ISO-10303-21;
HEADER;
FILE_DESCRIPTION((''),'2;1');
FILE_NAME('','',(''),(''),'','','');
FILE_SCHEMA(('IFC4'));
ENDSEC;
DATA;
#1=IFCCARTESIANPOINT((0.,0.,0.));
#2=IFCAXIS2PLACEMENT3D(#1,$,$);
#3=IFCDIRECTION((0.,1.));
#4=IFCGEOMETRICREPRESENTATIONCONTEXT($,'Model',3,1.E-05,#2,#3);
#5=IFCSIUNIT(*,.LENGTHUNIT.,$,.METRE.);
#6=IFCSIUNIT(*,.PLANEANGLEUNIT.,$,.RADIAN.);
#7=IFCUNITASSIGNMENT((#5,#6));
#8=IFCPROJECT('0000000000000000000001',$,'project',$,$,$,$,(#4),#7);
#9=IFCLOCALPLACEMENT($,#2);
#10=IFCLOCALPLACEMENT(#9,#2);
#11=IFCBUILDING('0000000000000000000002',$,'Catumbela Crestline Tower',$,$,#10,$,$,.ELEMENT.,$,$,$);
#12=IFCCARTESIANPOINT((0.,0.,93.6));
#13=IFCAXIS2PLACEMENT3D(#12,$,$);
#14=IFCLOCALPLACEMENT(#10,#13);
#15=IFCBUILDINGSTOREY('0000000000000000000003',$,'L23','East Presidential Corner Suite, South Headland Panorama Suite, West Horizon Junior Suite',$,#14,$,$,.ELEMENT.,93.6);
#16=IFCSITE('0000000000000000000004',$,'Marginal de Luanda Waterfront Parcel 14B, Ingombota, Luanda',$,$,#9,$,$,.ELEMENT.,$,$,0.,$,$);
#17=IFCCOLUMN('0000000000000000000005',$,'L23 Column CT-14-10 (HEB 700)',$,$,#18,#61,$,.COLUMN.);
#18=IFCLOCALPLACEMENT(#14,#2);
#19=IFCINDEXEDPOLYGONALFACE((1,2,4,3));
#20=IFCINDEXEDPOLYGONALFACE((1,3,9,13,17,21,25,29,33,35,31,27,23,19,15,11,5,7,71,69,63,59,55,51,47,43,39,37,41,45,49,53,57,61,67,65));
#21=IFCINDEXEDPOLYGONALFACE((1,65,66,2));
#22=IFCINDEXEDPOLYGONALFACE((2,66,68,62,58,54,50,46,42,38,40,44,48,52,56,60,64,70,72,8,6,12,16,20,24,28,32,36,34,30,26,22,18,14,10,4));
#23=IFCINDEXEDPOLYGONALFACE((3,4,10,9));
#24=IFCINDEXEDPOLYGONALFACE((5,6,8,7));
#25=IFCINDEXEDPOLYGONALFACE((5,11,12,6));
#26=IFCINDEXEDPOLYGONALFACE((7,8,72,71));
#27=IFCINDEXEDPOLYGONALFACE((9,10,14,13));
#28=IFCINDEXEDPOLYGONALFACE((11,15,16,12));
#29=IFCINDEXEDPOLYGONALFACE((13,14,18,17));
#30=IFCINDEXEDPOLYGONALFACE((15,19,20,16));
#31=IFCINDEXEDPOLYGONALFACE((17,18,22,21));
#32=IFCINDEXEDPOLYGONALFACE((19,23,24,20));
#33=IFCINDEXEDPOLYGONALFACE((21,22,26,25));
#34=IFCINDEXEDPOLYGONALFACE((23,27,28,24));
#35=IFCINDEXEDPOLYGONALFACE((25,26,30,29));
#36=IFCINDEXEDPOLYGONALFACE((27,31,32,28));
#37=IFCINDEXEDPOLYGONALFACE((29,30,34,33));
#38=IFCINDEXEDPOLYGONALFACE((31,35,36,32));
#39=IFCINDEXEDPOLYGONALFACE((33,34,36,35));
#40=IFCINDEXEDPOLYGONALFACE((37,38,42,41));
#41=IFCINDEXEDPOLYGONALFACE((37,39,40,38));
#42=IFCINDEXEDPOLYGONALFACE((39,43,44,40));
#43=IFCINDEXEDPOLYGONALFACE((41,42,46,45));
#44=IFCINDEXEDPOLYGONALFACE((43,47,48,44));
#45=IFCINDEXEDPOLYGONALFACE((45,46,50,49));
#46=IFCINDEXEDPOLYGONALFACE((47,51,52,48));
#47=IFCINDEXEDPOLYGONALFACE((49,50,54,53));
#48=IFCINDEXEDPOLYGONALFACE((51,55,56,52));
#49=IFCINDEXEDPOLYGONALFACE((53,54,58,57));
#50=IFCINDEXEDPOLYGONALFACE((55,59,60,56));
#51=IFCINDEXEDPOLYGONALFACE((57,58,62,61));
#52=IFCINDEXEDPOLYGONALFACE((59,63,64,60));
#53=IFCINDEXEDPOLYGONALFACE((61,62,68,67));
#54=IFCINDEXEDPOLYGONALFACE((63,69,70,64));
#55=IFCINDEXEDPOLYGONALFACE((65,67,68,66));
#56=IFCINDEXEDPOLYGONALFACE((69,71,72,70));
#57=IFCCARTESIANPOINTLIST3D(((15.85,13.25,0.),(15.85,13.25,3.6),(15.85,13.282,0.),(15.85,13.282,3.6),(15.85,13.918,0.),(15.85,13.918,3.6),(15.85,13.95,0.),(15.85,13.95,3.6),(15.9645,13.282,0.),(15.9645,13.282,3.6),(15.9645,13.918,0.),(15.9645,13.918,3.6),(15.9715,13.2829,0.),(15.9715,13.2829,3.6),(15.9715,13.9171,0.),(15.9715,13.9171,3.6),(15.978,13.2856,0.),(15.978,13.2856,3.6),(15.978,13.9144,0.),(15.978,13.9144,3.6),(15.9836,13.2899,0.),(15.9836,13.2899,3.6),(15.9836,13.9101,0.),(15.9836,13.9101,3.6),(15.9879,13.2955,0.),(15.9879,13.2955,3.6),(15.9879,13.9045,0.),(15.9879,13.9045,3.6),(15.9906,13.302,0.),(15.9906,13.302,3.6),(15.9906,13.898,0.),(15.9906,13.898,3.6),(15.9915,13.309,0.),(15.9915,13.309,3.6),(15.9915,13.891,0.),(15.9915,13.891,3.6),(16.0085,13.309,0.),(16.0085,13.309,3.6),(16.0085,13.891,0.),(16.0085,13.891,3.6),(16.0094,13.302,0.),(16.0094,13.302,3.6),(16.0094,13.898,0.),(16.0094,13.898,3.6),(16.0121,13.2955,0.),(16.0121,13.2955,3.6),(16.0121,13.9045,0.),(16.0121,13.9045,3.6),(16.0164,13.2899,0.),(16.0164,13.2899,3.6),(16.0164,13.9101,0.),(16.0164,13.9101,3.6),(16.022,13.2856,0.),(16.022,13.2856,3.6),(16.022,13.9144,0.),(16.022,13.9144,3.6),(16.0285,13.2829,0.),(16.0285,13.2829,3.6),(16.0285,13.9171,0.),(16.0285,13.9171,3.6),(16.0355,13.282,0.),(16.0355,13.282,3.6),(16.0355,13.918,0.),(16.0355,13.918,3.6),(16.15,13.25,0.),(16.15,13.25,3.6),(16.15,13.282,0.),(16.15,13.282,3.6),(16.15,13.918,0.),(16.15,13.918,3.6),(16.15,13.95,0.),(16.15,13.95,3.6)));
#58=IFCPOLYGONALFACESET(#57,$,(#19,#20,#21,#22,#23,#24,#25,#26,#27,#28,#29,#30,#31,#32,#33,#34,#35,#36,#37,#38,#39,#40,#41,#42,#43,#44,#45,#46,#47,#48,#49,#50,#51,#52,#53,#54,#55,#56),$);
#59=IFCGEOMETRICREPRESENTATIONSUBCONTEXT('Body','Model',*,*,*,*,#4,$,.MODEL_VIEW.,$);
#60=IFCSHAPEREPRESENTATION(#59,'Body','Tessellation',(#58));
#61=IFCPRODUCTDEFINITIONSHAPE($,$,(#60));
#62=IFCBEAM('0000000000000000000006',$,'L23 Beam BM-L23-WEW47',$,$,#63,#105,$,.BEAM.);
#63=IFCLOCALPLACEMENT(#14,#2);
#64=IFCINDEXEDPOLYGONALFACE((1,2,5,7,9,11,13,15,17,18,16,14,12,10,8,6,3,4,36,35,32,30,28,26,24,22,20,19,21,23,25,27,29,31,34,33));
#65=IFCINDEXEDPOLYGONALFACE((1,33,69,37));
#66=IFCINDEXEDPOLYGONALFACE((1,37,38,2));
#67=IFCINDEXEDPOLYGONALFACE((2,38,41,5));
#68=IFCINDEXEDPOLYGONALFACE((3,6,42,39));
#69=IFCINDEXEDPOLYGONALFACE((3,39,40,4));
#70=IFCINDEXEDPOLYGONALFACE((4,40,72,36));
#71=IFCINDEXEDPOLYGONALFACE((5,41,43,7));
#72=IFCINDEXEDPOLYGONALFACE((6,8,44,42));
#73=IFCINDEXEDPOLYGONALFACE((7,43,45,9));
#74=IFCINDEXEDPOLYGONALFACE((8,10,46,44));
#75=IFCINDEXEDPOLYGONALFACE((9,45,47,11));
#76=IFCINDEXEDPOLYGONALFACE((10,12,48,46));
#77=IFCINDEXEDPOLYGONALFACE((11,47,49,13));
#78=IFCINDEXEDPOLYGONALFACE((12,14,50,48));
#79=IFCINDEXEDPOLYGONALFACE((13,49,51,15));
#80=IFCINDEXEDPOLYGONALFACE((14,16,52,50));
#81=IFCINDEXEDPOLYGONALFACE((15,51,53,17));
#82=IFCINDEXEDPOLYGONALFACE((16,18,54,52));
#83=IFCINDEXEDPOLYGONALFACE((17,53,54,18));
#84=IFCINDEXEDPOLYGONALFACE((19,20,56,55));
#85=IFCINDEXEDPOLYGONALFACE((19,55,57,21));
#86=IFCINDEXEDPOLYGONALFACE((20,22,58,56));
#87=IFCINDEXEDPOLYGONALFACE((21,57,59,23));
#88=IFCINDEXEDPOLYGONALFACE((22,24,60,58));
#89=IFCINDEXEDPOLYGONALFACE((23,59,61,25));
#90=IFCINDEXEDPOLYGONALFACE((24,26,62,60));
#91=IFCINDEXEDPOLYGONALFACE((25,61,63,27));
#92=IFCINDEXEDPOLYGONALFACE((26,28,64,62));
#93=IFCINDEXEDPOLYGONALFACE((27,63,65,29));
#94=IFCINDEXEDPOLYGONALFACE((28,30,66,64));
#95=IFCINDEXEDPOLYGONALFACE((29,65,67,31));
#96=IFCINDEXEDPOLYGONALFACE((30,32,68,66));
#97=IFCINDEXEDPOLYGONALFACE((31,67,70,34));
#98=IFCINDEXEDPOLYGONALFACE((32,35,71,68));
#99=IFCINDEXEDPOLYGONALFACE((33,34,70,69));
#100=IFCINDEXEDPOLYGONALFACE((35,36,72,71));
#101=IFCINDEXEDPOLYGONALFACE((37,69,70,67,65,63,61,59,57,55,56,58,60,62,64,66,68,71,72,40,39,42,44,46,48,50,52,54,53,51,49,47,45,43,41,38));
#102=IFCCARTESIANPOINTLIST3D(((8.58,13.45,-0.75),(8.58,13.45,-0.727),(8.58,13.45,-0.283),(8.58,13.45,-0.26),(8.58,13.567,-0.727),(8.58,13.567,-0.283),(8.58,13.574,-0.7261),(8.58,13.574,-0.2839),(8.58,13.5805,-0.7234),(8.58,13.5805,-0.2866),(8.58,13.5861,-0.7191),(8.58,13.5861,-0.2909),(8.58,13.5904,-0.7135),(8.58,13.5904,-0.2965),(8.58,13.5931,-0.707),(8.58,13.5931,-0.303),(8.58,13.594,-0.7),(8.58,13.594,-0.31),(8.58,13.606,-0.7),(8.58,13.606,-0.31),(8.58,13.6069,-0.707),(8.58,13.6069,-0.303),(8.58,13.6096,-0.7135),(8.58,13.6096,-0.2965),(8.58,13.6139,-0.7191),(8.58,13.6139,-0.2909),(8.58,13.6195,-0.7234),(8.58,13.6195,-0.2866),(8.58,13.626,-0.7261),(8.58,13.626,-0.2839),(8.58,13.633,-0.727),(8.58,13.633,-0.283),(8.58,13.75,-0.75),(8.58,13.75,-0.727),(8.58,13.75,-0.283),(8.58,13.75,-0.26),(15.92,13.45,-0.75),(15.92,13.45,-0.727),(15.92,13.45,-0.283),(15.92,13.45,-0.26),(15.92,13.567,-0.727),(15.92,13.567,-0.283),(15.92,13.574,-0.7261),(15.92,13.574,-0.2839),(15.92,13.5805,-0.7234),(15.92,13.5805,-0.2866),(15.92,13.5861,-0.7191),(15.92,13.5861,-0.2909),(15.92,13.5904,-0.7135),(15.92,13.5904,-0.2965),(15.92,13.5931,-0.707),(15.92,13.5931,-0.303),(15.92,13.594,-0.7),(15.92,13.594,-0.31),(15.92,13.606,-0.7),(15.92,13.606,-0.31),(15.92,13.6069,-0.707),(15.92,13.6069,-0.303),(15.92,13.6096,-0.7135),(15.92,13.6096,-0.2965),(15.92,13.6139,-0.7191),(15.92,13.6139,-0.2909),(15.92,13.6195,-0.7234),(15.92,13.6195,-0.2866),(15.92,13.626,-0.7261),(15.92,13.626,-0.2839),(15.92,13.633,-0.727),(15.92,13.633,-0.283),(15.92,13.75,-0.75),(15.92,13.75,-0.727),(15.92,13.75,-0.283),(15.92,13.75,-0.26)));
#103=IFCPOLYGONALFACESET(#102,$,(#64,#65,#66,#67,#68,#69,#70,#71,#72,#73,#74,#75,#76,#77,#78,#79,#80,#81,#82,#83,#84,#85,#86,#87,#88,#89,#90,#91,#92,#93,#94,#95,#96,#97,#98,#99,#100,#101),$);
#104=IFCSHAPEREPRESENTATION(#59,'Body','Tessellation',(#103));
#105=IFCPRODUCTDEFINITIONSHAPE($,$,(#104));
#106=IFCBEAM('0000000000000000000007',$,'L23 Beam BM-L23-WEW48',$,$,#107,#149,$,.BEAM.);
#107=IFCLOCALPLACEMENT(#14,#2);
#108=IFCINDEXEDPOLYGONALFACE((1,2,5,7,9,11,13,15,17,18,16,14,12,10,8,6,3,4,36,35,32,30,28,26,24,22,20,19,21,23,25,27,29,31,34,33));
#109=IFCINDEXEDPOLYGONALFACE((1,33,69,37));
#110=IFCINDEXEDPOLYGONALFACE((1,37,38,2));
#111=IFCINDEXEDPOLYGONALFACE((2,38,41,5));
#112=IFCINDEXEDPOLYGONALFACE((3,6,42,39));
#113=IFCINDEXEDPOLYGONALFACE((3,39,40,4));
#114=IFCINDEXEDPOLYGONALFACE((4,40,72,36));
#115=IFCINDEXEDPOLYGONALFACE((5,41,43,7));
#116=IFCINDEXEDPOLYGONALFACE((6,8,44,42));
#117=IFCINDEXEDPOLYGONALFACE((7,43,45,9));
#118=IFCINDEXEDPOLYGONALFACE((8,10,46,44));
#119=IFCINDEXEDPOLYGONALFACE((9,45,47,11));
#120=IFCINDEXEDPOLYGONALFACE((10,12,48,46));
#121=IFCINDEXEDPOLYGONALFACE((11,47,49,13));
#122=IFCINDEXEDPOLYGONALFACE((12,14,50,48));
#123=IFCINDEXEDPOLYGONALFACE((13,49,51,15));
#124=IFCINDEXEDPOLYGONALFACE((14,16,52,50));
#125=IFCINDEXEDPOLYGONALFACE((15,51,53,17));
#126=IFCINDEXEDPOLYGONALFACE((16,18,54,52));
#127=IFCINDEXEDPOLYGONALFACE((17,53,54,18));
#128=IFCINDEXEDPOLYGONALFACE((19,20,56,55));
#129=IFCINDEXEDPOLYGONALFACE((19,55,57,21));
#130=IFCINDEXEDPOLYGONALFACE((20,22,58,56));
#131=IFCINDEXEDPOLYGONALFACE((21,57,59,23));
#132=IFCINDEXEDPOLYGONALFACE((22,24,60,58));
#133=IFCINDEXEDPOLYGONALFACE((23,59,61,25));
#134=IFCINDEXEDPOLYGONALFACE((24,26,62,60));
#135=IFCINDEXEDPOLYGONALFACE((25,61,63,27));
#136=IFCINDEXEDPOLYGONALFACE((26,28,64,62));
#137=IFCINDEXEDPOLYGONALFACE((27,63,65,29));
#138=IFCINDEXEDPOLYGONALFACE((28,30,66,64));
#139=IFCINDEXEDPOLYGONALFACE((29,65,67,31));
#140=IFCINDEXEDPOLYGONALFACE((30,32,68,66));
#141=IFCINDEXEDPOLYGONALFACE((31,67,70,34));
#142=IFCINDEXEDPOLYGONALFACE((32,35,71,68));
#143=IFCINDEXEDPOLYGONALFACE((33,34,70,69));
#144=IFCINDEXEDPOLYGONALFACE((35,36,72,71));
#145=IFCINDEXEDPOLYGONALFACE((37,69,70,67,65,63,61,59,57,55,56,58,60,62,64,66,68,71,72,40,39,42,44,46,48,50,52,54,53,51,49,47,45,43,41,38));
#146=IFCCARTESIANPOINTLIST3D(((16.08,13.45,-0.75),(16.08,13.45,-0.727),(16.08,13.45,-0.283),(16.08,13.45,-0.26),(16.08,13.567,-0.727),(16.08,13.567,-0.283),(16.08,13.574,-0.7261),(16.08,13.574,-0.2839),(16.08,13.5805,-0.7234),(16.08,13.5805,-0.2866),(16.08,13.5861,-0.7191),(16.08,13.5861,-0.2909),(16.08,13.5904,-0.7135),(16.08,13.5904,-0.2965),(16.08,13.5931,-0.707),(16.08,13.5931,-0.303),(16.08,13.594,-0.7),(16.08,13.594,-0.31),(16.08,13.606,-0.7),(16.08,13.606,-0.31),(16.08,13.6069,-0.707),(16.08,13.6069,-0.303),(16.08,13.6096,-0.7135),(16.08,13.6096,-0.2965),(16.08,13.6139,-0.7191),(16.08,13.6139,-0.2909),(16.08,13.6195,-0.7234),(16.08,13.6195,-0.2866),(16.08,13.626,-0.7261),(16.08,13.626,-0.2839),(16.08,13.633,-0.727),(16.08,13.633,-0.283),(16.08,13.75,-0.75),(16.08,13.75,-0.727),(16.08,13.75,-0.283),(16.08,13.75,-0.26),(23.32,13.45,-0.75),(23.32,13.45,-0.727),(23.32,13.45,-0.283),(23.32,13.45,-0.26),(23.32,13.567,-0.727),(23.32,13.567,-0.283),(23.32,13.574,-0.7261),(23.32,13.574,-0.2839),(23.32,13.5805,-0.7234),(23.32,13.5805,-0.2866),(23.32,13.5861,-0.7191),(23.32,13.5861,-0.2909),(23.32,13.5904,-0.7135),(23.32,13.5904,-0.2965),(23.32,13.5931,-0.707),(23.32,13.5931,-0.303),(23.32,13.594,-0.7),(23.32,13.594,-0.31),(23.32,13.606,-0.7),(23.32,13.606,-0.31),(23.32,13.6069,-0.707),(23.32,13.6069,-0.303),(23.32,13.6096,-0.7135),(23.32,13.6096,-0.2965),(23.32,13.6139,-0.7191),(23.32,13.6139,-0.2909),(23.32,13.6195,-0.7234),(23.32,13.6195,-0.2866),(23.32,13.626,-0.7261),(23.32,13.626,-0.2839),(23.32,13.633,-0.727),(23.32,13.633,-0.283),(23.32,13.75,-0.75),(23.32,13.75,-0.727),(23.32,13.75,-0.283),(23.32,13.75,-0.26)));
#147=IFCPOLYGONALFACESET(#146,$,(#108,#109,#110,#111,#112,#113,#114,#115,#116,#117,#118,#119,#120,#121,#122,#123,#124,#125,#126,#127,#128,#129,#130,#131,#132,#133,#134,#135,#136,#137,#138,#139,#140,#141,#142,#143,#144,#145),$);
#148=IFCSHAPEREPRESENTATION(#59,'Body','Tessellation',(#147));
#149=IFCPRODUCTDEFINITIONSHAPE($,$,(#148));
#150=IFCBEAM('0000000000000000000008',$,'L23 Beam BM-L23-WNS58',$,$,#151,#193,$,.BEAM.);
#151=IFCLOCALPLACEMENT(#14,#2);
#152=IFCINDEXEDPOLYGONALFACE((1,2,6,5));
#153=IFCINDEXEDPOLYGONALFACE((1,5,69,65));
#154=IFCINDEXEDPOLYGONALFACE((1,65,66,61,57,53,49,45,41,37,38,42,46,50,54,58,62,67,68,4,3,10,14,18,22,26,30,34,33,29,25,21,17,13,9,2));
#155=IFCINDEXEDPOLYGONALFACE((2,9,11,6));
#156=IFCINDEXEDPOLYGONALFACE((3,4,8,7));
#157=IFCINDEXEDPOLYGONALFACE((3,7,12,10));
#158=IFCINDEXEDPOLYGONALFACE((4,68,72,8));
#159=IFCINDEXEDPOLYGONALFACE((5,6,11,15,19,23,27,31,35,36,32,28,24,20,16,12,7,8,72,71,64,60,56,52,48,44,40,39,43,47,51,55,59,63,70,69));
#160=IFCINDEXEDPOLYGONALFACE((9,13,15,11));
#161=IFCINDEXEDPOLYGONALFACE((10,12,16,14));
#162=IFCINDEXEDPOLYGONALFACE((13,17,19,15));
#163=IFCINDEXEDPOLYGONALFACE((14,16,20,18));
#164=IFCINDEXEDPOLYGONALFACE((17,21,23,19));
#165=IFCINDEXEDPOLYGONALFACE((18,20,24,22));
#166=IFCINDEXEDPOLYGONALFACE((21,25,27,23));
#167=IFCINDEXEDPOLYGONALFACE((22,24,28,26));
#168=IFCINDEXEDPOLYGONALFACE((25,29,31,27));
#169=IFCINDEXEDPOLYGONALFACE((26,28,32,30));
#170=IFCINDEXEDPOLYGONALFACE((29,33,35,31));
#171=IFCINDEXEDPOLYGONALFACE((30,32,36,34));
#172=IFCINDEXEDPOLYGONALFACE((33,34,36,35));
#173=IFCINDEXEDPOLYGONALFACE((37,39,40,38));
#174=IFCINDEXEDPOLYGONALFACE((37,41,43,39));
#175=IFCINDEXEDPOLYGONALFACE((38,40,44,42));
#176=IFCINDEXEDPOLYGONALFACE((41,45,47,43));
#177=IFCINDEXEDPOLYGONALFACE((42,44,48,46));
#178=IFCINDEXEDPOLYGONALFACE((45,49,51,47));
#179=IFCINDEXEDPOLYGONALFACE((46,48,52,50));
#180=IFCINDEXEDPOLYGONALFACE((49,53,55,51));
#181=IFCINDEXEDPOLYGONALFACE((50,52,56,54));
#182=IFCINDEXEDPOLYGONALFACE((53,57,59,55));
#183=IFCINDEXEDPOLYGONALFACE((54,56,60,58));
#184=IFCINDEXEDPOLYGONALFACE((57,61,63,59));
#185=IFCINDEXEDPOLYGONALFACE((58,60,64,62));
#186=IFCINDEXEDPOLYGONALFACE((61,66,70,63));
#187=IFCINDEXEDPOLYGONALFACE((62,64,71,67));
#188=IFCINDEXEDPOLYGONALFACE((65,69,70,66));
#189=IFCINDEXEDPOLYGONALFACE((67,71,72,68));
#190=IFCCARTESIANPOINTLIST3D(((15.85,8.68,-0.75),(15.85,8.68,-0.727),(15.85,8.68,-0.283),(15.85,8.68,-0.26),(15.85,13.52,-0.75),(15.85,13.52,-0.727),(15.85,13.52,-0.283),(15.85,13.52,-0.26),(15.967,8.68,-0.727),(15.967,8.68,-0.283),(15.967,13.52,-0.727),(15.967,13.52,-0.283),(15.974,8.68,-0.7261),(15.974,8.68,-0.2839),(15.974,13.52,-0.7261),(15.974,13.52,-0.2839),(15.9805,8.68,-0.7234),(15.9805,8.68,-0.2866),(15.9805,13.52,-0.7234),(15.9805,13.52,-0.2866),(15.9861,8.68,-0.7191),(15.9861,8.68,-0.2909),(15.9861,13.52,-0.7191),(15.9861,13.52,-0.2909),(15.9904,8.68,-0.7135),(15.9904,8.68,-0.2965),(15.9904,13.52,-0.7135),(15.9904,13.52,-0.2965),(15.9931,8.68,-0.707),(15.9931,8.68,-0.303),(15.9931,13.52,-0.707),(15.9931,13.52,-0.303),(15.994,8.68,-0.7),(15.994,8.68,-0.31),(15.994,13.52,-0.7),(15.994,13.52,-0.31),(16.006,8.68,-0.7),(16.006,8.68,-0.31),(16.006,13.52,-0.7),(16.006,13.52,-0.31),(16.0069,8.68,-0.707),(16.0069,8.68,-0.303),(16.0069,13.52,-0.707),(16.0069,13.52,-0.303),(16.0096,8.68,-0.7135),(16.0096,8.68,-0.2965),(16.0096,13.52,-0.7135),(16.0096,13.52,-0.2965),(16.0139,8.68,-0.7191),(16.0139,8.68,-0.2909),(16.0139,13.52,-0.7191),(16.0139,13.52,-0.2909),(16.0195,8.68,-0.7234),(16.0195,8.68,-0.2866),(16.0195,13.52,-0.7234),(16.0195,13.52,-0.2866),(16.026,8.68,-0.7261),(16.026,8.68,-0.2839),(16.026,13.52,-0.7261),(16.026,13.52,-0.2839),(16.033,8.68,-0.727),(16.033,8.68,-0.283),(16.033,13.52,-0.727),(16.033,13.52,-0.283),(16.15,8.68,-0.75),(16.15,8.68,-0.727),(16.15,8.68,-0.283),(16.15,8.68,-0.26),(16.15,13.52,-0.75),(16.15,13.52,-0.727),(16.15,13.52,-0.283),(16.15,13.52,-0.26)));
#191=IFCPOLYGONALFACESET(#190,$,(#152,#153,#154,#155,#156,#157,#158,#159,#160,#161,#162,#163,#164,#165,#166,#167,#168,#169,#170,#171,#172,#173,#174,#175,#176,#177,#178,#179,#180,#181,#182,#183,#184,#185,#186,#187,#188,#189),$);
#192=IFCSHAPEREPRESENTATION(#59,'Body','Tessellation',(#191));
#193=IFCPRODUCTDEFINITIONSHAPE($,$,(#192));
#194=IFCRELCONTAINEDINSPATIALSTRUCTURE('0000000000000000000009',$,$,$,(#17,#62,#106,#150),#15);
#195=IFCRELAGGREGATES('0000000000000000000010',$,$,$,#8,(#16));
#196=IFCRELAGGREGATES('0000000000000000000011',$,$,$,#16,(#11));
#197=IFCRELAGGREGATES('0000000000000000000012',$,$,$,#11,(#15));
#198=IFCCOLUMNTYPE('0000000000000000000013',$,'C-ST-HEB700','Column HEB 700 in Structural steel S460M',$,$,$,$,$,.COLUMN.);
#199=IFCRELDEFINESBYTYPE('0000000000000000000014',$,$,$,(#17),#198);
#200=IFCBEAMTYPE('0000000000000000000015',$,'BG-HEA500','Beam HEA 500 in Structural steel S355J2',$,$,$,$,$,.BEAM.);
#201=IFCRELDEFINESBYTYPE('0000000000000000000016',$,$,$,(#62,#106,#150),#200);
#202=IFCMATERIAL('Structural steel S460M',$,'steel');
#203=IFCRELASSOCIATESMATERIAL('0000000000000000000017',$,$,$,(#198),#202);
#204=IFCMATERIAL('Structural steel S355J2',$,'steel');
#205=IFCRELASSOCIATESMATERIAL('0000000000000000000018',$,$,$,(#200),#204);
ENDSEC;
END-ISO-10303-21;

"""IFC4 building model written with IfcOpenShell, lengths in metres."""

from ifc_helpers import new_model, si_unit, direction, frame, origin, origin_2d, place, context, subcontext, project, spatial, i_section, extrude, material, material_profile, profile_set, type_object, element, save


model = new_model("IFC4")

# Units and contexts
model_context = context("Model", 3, precision=1e-05, world=origin(), true_north=direction((0.0, 1.0)))
body_context = subcontext(model_context, "Body", "Model", "MODEL_VIEW")
ifc_project = project(units=[si_unit("LENGTHUNIT", "METRE"), si_unit("PLANEANGLEUNIT", "RADIAN")], contexts=[model_context])

# Site, building, storey
site_placement = place(None, origin())
site = spatial("IfcSite", under=ifc_project, at=site_placement, Name="Marginal de Luanda Waterfront Parcel 14B, Ingombota, Luanda", CompositionType="ELEMENT", RefElevation=0.0)
building_placement = place(site_placement, origin())
building = spatial("IfcBuilding", under=site, at=building_placement, Name="Catumbela Crestline Tower", CompositionType="ELEMENT")
storey_placement = place(building_placement, frame((0.0, 0.0, 93.6)))
storey = spatial("IfcBuildingStorey", under=building, at=storey_placement, Name="L23", Description="East Presidential Corner Suite, South Headland Panorama Suite, West Horizon Junior Suite", CompositionType="ELEMENT", Elevation=93.6)

# Column
ifc_material_1 = material(Name="Structural steel S460M", Category="steel")
ifc_material_profile_1 = material_profile(ifc_material_1, i_section(OverallWidth=0.3, OverallDepth=0.7, WebThickness=0.017, FlangeThickness=0.032, FilletRadius=0.027, at=origin_2d()), Name="HEB 700")
ifc_profile_set_1 = profile_set([ifc_material_profile_1], Name="Structural steel S460M")
column_type = type_object("IfcColumnType", Name="C-ST-HEB700", Description="Column HEB 700 in Structural steel S460M", PredefinedType="COLUMN", material=ifc_profile_set_1)
column_placement = place(storey_placement, frame((16.0, 13.6, 0.0), z_axis=(0.0, 0.0, 1.0), x_axis=(1.0, 0.0, 0.0)))
element("IfcColumn", 1, at=column_placement, inside=storey, type_object=column_type, Name="L23 Column CT-14-10 (HEB 700)", PredefinedType="COLUMN", context=body_context, shape_type="SweptSolid", body=[
    extrude(i_section(OverallWidth=0.3, OverallDepth=0.7, WebThickness=0.017, FlangeThickness=0.032, FilletRadius=0.027, at=origin_2d()), origin(), (0.0, 0.0, 1.0), 3.6),
])

# Beams
ifc_material_2 = material(Name="Structural steel S355J2", Category="steel")
ifc_material_profile_2 = material_profile(ifc_material_2, i_section(OverallWidth=0.3, OverallDepth=0.49, WebThickness=0.012, FlangeThickness=0.023, FilletRadius=0.027, at=origin_2d()), Name="HEA 500")
ifc_profile_set_2 = profile_set([ifc_material_profile_2], Name="Structural steel S355J2")
beam_type_1 = type_object("IfcBeamType", Name="BG-HEA500", Description="Beam HEA 500 in Structural steel S355J2", PredefinedType="BEAM", material=ifc_profile_set_2)
beam_1_placement = place(storey_placement, frame((8.58, 13.6, -0.505), z_axis=(1.0, 0.0, 0.0), x_axis=(0.0, 1.0, 0.0)))
element("IfcBeam", 2, at=beam_1_placement, inside=storey, type_object=beam_type_1, Name="L23 Beam BM-L23-WEW47", PredefinedType="BEAM", context=body_context, shape_type="SweptSolid", body=[
    extrude(i_section(OverallWidth=0.3, OverallDepth=0.49, WebThickness=0.012, FlangeThickness=0.023, FilletRadius=0.027, at=origin_2d()), origin(), (0.0, 0.0, 1.0), 7.34),
])
beam_2_placement = place(storey_placement, frame((16.08, 13.6, -0.505), z_axis=(1.0, 0.0, 0.0), x_axis=(0.0, 1.0, 0.0)))
element("IfcBeam", 3, at=beam_2_placement, inside=storey, type_object=beam_type_1, Name="L23 Beam BM-L23-WEW48", PredefinedType="BEAM", context=body_context, shape_type="SweptSolid", body=[
    extrude(i_section(OverallWidth=0.3, OverallDepth=0.49, WebThickness=0.012, FlangeThickness=0.023, FilletRadius=0.027, at=origin_2d()), origin(), (0.0, 0.0, 1.0), 7.24),
])
beam_3_placement = place(storey_placement, frame((16.0, 8.68, -0.505), z_axis=(0.0, 1.0, 0.0), x_axis=(-1.0, 0.0, 0.0)))
element("IfcBeam", 4, at=beam_3_placement, inside=storey, type_object=beam_type_1, Name="L23 Beam BM-L23-WNS58", PredefinedType="BEAM", context=body_context, shape_type="SweptSolid", body=[
    extrude(i_section(OverallWidth=0.3, OverallDepth=0.49, WebThickness=0.012, FlangeThickness=0.023, FilletRadius=0.027, at=origin_2d()), origin(), (0.0, 0.0, 1.0), 4.84),
])

save(model, "model.ifc")
